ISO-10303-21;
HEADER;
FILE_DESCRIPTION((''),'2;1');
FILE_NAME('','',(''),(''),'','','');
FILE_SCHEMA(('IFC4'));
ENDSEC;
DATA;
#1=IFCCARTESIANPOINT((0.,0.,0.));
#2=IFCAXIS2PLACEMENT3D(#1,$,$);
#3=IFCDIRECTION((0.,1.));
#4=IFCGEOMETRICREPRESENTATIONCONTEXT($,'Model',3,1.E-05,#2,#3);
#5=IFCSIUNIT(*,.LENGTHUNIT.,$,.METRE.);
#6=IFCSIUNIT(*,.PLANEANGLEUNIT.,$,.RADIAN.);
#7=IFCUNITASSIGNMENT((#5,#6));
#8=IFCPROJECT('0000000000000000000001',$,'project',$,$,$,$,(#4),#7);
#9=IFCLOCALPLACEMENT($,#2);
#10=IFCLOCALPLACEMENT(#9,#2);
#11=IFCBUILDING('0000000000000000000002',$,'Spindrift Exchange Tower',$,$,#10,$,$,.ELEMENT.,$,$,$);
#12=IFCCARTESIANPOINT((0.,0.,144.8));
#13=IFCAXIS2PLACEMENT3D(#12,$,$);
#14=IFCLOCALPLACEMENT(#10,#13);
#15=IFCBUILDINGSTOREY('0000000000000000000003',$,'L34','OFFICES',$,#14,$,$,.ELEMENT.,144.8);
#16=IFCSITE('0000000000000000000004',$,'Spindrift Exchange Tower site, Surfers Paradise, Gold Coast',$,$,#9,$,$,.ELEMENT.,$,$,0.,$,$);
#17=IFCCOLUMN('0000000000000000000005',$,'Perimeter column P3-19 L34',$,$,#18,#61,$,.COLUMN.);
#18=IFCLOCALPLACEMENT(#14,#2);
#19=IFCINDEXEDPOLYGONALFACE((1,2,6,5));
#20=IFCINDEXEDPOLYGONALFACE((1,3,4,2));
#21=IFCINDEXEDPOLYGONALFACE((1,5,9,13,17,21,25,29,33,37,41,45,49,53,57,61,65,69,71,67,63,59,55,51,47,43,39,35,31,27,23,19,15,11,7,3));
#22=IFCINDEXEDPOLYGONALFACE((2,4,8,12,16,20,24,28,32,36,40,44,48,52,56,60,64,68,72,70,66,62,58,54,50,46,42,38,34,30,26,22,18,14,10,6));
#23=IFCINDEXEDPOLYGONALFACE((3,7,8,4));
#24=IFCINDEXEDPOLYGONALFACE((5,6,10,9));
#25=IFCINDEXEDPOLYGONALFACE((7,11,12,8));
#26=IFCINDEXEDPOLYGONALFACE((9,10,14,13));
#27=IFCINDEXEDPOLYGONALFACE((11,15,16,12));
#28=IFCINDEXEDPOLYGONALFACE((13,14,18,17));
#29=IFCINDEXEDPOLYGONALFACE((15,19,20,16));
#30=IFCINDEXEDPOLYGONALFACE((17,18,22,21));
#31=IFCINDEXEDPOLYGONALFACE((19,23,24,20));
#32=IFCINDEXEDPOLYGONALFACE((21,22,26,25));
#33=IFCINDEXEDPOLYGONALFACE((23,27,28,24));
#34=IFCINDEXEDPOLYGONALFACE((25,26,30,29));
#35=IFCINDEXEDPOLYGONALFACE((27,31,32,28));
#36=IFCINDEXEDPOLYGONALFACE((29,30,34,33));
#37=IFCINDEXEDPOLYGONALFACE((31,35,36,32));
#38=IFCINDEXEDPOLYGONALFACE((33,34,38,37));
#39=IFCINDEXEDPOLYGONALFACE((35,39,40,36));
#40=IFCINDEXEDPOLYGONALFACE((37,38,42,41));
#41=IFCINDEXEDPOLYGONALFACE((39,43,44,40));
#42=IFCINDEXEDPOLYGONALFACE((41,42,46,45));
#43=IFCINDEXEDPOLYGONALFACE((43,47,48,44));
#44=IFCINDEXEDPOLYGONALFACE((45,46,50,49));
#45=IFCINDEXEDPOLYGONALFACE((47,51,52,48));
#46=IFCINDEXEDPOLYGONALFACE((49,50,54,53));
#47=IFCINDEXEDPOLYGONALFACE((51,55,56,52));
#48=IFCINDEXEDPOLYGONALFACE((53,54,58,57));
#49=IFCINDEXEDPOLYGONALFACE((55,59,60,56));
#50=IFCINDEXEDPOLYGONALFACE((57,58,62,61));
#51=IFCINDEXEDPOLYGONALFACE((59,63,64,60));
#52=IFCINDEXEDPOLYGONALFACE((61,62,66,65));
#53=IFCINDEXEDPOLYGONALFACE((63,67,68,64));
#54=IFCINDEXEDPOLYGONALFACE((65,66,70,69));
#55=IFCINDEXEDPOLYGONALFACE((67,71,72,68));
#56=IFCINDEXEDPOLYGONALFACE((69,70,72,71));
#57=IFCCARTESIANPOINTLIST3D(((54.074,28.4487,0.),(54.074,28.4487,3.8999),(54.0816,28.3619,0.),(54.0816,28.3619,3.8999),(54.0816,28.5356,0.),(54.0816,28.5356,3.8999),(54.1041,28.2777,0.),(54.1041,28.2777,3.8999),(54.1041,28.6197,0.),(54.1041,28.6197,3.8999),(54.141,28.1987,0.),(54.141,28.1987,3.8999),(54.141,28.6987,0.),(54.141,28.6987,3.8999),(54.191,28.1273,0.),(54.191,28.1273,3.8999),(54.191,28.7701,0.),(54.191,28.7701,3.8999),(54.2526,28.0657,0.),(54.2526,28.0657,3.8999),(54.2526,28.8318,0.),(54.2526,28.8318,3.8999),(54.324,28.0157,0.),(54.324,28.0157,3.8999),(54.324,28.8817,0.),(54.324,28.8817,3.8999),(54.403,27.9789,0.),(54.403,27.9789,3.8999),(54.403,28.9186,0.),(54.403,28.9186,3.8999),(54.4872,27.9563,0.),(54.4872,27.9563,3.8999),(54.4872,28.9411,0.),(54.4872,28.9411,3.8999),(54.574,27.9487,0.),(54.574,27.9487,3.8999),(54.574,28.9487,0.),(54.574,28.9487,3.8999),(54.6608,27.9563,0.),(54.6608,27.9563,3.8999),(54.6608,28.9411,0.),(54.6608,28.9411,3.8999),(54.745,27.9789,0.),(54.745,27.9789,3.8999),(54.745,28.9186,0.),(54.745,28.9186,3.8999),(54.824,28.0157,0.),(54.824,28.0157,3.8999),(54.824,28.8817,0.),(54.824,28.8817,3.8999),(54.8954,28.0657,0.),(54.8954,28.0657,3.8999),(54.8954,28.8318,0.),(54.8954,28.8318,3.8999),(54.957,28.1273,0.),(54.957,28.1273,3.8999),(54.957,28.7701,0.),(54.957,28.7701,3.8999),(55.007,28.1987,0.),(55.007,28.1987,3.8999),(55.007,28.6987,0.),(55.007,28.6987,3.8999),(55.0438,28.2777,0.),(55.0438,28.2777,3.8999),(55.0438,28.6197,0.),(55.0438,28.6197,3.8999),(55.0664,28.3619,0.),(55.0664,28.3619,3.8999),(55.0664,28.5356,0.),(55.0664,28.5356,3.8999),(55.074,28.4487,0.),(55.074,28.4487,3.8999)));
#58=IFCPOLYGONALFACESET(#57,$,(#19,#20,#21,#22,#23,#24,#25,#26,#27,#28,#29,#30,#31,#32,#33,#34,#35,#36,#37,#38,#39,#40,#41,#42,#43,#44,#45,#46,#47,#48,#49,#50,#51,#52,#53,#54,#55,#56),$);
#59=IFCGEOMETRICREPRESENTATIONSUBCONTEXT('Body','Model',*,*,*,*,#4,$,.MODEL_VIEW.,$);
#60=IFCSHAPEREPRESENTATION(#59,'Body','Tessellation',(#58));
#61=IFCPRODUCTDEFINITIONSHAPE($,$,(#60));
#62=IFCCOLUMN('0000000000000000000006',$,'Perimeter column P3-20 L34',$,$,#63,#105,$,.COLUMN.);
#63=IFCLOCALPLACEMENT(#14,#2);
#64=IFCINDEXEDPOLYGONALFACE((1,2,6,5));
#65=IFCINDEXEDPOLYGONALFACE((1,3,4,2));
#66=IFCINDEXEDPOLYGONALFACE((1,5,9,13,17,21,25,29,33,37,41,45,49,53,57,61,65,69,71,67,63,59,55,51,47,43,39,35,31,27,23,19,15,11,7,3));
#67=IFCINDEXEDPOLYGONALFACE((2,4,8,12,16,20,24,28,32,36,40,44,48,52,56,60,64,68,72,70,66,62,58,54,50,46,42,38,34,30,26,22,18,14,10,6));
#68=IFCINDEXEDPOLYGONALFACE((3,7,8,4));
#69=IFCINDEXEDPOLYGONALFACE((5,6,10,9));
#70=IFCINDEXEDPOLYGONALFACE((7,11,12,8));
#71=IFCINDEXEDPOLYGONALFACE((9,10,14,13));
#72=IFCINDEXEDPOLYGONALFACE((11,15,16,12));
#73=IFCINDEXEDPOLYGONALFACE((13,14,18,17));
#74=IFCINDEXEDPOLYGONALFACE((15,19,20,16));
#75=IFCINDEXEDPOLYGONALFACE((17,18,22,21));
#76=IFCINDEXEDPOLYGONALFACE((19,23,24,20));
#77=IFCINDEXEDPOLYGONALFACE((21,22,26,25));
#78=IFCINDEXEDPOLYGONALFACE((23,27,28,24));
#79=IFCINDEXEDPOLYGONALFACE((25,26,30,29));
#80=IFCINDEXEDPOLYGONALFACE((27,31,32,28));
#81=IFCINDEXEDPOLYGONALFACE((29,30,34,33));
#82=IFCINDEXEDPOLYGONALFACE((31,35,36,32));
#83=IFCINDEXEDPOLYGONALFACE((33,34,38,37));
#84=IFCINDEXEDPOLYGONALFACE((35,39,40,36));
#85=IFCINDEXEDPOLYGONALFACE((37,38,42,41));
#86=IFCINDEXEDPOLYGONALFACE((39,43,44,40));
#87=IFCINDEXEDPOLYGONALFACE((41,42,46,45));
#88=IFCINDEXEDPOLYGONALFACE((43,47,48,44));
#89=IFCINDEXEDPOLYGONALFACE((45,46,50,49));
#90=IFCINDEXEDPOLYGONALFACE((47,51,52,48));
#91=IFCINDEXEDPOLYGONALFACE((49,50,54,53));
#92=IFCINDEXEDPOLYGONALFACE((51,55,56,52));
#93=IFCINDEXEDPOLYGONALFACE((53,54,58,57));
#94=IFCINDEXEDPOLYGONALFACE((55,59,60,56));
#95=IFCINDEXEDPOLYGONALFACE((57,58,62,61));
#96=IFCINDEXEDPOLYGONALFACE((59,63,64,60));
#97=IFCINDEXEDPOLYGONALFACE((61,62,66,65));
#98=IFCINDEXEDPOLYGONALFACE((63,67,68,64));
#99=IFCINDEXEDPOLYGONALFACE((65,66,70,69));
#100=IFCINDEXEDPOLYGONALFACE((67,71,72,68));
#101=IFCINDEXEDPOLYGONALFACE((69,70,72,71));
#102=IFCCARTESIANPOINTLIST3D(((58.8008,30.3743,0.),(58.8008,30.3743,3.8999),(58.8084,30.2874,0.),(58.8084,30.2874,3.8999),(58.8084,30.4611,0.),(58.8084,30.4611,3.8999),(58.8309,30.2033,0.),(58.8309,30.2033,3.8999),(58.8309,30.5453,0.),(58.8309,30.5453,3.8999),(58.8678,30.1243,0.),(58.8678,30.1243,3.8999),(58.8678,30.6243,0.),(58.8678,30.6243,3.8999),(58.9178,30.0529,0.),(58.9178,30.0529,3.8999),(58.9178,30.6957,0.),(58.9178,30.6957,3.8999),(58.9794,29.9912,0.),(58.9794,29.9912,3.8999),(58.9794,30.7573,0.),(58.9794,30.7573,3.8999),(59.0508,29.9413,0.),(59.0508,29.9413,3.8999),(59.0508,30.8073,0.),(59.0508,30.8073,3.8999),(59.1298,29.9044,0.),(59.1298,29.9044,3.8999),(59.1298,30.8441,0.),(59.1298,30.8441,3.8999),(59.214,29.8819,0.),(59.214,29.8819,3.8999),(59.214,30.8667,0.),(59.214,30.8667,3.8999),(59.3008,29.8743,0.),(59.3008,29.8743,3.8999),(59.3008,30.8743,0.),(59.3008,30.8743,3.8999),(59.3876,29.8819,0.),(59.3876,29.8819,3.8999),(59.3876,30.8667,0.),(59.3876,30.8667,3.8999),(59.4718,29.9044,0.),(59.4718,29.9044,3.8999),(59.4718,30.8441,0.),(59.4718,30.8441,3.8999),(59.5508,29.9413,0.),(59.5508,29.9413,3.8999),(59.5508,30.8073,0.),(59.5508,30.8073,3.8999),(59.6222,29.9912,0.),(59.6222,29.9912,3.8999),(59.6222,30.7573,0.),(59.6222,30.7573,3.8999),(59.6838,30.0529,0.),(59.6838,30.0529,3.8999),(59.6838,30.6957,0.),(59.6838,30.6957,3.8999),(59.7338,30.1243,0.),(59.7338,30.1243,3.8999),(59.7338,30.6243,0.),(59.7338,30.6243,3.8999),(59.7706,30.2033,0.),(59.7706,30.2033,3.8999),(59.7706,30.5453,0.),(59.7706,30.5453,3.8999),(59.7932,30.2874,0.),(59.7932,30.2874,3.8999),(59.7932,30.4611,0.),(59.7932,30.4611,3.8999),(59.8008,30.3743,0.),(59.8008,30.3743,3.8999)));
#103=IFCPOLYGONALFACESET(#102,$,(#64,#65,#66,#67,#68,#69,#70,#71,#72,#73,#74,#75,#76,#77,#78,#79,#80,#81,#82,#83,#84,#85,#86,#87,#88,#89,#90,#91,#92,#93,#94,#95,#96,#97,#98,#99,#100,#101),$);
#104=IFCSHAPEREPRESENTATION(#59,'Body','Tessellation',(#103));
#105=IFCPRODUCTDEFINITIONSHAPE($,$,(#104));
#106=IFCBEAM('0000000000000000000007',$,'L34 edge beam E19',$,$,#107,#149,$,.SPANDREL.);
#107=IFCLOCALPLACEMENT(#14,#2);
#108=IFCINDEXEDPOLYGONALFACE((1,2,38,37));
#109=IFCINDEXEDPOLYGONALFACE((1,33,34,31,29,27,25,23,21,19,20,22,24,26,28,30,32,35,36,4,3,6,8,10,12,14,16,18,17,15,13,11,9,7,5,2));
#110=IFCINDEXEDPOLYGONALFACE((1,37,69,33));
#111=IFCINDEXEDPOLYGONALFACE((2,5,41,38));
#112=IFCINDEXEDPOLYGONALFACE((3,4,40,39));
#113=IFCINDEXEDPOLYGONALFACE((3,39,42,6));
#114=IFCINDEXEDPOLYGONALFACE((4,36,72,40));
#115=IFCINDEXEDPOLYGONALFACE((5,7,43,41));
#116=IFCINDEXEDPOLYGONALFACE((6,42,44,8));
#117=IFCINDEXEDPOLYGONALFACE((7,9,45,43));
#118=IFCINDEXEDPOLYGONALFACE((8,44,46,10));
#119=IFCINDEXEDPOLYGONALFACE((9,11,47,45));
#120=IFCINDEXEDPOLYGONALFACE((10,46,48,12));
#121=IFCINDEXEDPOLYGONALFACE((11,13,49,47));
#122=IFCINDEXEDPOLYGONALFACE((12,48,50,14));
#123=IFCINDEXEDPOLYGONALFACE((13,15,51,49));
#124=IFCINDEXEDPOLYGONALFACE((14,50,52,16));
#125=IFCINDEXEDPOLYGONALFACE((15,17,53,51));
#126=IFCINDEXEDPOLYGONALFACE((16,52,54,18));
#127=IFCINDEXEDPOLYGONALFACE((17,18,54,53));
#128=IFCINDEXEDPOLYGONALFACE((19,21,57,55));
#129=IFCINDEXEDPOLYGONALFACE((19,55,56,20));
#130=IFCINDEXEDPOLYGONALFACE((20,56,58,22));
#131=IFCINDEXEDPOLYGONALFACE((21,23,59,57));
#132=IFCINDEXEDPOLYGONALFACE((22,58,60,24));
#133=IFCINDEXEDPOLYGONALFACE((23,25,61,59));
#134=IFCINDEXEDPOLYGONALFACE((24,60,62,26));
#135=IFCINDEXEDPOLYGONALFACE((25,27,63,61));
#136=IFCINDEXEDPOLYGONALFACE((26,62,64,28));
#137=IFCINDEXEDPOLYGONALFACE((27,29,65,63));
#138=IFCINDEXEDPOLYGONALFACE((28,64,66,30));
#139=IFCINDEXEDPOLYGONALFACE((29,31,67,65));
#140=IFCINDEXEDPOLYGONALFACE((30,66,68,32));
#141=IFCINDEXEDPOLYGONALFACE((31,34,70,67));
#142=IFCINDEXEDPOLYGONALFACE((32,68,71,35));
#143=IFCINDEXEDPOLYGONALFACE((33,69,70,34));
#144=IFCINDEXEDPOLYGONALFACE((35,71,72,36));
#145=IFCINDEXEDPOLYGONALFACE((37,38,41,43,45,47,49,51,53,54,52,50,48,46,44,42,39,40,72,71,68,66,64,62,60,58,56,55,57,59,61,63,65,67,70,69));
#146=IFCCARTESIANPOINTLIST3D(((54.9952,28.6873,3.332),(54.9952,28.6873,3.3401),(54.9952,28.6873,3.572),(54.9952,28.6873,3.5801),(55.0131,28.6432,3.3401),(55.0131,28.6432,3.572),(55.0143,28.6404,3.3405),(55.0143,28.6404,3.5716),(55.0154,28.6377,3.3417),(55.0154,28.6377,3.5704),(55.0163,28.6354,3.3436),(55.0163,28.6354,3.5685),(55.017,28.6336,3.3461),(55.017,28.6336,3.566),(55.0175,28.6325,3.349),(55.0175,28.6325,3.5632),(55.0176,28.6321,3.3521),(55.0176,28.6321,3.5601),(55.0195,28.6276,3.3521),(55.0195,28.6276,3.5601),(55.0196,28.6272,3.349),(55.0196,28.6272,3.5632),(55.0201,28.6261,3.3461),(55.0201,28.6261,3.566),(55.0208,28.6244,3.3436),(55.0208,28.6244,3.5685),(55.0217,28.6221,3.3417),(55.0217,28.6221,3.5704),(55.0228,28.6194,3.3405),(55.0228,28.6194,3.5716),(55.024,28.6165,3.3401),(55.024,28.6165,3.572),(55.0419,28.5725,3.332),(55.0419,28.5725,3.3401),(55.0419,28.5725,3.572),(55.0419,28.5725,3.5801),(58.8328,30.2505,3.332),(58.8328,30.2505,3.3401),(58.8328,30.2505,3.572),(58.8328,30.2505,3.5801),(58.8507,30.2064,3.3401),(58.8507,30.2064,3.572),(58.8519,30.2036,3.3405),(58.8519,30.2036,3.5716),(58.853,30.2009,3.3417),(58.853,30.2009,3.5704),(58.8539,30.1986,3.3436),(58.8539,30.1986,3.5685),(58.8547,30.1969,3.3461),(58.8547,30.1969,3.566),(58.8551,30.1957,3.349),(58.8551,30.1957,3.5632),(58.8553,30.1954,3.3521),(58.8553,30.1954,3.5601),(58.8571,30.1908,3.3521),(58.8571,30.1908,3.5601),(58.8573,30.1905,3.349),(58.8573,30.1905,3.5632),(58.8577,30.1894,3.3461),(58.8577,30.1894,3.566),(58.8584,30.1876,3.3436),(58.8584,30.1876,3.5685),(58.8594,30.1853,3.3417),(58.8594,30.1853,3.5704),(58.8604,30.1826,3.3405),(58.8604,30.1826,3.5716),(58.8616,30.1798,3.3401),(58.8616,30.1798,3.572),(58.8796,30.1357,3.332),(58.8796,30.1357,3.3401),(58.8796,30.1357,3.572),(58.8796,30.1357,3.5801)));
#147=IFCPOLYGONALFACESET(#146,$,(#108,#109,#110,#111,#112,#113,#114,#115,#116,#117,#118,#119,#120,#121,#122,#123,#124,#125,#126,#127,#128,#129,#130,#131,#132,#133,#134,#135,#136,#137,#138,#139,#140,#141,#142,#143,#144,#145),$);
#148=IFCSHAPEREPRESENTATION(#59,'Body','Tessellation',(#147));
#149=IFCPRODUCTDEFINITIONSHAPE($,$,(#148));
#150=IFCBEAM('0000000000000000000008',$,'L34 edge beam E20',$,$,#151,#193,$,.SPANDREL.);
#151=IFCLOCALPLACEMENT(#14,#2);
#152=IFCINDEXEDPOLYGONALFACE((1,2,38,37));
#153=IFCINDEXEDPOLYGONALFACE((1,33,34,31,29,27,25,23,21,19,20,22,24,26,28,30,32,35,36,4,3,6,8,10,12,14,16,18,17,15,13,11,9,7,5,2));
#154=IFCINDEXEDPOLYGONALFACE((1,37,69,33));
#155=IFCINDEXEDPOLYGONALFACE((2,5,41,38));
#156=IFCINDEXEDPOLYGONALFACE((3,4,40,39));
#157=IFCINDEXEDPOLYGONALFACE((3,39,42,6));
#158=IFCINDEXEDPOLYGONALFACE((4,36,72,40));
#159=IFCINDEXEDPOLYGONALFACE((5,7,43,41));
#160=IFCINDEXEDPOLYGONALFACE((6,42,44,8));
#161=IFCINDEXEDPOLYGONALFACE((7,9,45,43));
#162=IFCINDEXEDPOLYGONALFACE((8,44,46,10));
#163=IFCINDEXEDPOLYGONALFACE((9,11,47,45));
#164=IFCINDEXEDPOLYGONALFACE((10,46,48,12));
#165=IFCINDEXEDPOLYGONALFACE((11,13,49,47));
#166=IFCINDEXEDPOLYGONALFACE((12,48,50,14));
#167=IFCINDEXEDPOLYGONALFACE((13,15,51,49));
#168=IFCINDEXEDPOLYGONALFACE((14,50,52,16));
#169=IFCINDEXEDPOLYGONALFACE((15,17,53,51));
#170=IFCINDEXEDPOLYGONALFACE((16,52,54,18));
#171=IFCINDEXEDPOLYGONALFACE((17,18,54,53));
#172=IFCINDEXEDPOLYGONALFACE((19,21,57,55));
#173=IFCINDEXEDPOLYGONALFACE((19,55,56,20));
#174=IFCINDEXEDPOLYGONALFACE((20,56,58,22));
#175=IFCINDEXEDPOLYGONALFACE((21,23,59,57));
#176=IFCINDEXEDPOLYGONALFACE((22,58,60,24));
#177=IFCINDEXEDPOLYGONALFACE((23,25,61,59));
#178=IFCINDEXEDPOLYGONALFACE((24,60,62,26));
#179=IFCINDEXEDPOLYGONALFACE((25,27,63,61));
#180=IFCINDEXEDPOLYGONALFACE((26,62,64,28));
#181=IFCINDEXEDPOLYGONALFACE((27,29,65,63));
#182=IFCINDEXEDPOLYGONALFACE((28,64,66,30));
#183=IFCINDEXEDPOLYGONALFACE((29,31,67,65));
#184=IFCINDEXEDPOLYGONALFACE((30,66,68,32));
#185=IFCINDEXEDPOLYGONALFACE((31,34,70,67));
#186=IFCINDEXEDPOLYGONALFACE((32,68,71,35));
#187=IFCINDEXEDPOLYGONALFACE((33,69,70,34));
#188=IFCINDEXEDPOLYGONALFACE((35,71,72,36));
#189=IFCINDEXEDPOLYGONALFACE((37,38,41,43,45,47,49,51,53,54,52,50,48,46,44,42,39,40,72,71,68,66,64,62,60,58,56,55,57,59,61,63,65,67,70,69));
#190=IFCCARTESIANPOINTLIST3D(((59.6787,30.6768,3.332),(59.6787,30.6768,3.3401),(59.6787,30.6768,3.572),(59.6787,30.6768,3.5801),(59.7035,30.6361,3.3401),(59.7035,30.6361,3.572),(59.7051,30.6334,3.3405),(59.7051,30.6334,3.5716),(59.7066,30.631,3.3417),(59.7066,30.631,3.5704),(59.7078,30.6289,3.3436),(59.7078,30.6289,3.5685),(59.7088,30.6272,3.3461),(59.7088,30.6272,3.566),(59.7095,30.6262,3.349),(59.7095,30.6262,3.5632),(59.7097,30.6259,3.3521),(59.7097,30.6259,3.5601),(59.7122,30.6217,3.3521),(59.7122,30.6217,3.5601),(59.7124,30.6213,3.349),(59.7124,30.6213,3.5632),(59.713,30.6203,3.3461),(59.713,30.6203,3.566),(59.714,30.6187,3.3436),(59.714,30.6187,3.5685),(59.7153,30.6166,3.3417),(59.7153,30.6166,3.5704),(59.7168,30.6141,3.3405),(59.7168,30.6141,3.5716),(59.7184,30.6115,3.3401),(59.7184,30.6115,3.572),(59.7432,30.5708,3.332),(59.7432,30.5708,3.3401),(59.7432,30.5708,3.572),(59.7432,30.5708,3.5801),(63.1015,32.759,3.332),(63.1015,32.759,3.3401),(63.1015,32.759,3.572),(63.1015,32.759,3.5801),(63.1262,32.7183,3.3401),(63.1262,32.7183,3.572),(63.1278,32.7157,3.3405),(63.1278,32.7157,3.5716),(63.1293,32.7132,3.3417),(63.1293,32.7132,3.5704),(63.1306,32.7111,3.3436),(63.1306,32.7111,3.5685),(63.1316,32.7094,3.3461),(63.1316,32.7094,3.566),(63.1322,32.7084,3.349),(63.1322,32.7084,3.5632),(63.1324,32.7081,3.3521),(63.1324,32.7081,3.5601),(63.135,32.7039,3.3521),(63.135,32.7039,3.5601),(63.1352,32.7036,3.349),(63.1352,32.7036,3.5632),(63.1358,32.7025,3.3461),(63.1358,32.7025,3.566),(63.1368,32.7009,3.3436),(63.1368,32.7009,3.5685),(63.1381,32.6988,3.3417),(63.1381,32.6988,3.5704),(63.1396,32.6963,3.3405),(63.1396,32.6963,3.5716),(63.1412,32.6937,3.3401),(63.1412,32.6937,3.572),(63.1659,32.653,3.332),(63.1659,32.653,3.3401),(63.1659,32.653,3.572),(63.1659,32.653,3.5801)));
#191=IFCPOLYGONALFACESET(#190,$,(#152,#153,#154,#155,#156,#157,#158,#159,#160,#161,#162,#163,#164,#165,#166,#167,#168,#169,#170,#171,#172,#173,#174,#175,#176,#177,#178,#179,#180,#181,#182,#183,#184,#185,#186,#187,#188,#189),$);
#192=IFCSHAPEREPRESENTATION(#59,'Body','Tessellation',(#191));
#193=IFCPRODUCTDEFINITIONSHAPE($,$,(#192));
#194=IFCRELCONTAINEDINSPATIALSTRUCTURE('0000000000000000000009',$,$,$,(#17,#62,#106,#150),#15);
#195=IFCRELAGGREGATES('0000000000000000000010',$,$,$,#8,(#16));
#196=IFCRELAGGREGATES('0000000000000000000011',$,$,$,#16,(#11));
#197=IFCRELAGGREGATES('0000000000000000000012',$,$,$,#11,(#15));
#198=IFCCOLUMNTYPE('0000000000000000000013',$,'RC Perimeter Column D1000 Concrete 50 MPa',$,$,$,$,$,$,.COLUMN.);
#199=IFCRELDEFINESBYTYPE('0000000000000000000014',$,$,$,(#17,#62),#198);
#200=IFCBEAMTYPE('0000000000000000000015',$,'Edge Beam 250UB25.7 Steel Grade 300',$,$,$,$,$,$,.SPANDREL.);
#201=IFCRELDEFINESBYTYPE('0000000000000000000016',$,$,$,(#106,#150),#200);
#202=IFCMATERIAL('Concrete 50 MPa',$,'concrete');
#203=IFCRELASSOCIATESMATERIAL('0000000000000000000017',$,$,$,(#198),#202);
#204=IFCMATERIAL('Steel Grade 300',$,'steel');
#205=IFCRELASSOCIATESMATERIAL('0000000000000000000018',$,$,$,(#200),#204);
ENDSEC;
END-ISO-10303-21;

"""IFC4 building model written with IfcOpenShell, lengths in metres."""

from ifc_helpers import new_model, si_unit, direction, frame, origin, origin_2d, place, context, subcontext, project, spatial, circle, i_section, extrude, source, transform, mapped, material, material_profile, profile_set, type_object, element, save


model = new_model("IFC4")

# Units and contexts
model_context = context("Model", 3, precision=1e-05, world=origin(), true_north=direction((0.0, 1.0)))
body_context = subcontext(model_context, "Body", "Model", "MODEL_VIEW")
ifc_project = project(units=[si_unit("LENGTHUNIT", "METRE"), si_unit("PLANEANGLEUNIT", "RADIAN")], contexts=[model_context])

# Site, building, storey
site_placement = place(None, origin())
site = spatial("IfcSite", under=ifc_project, at=site_placement, Name="Spindrift Exchange Tower site, Surfers Paradise, Gold Coast", CompositionType="ELEMENT", RefElevation=0.0)
building_placement = place(site_placement, origin())
building = spatial("IfcBuilding", under=site, at=building_placement, Name="Spindrift Exchange Tower", CompositionType="ELEMENT")
storey_placement = place(building_placement, frame((0.0, 0.0, 144.8)))
storey = spatial("IfcBuildingStorey", under=building, at=storey_placement, Name="L34", Description="OFFICES", CompositionType="ELEMENT", Elevation=144.8)

# Columns
ifc_material_1 = material(Name="Concrete 50 MPa", Category="concrete")
ifc_material_profile_1 = material_profile(ifc_material_1, circle(Radius=0.5, at=origin_2d()), Name="RC D1000")
ifc_profile_set_1 = profile_set([ifc_material_profile_1], Name="Concrete 50 MPa")
column_type = type_object("IfcColumnType", Name="RC Perimeter Column D1000 Concrete 50 MPa", PredefinedType="COLUMN", material=ifc_profile_set_1)
shared_shape_1 = source(origin(), body_context, "Body", "SweptSolid", [
    extrude(circle(Radius=0.5, at=origin_2d()), origin(), (0.0, 0.0, 1.0), 3.8999),
])
for number, where, z_axis, x_axis, name in (
    (1, (54.574, 28.4487, 0.0), (0.0, 0.0, 1.0), (1.0, 0.0, 0.0), "Perimeter column P3-19 L34"),
    (2, (59.3008, 30.3743, 0.0), (0.0, 0.0, 1.0), (1.0, 0.0, 0.0), "Perimeter column P3-20 L34"),
):
    element("IfcColumn", number, at=place(storey_placement, frame(where, z_axis=z_axis, x_axis=x_axis)), inside=storey, type_object=column_type, Name=name, PredefinedType="COLUMN", context=body_context, shape_type="MappedRepresentation", body=[
        mapped(shared_shape_1, transform((0.0, 0.0, 0.0), scale=1.0)),
    ])

# Beams
ifc_material_2 = material(Name="Steel Grade 300", Category="steel")
ifc_material_profile_2 = material_profile(ifc_material_2, i_section(OverallWidth=0.124, OverallDepth=0.248, WebThickness=0.0049, FlangeThickness=0.0081, FilletRadius=0.012, at=origin_2d()), Name="250UB25.7")
ifc_profile_set_2 = profile_set([ifc_material_profile_2], Name="Steel Grade 300")
beam_type_1 = type_object("IfcBeamType", Name="Edge Beam 250UB25.7 Steel Grade 300", PredefinedType="SPANDREL", material=ifc_profile_set_2)
shared_shape_2 = source(origin(), body_context, "Body", "SweptSolid", [
    extrude(i_section(OverallWidth=0.124, OverallDepth=0.248, WebThickness=0.0049, FlangeThickness=0.0081, FilletRadius=0.012, at=origin_2d()), origin(), (0.0, 0.0, 1.0), 4.1438),
])
beam_1_placement = place(storey_placement, frame((55.0186, 28.6299, 3.4561), z_axis=(0.926114, 0.377244, 0.0), x_axis=(-0.377244, 0.926114, 0.0)))
element("IfcBeam", 3, at=beam_1_placement, inside=storey, type_object=beam_type_1, Name="L34 edge beam E19", PredefinedType="SPANDREL", context=body_context, shape_type="MappedRepresentation", body=[
    mapped(shared_shape_2, transform((0.0, 0.0, 0.0), scale=1.0)),
])
shared_shape_3 = source(origin(), body_context, "Body", "SweptSolid", [
    extrude(i_section(OverallWidth=0.124, OverallDepth=0.248, WebThickness=0.0049, FlangeThickness=0.0081, FilletRadius=0.012, at=origin_2d()), origin(), (0.0, 0.0, 1.0), 4.0063),
])
beam_2_placement = place(storey_placement, frame((59.7109, 30.6238, 3.4561), z_axis=(0.854331, 0.519728, 0.0), x_axis=(-0.519728, 0.854331, 0.0)))
element("IfcBeam", 4, at=beam_2_placement, inside=storey, type_object=beam_type_1, Name="L34 edge beam E20", PredefinedType="SPANDREL", context=body_context, shape_type="MappedRepresentation", body=[
    mapped(shared_shape_3, transform((0.0, 0.0, 0.0), scale=1.0)),
])

save(model, "model.ifc")
